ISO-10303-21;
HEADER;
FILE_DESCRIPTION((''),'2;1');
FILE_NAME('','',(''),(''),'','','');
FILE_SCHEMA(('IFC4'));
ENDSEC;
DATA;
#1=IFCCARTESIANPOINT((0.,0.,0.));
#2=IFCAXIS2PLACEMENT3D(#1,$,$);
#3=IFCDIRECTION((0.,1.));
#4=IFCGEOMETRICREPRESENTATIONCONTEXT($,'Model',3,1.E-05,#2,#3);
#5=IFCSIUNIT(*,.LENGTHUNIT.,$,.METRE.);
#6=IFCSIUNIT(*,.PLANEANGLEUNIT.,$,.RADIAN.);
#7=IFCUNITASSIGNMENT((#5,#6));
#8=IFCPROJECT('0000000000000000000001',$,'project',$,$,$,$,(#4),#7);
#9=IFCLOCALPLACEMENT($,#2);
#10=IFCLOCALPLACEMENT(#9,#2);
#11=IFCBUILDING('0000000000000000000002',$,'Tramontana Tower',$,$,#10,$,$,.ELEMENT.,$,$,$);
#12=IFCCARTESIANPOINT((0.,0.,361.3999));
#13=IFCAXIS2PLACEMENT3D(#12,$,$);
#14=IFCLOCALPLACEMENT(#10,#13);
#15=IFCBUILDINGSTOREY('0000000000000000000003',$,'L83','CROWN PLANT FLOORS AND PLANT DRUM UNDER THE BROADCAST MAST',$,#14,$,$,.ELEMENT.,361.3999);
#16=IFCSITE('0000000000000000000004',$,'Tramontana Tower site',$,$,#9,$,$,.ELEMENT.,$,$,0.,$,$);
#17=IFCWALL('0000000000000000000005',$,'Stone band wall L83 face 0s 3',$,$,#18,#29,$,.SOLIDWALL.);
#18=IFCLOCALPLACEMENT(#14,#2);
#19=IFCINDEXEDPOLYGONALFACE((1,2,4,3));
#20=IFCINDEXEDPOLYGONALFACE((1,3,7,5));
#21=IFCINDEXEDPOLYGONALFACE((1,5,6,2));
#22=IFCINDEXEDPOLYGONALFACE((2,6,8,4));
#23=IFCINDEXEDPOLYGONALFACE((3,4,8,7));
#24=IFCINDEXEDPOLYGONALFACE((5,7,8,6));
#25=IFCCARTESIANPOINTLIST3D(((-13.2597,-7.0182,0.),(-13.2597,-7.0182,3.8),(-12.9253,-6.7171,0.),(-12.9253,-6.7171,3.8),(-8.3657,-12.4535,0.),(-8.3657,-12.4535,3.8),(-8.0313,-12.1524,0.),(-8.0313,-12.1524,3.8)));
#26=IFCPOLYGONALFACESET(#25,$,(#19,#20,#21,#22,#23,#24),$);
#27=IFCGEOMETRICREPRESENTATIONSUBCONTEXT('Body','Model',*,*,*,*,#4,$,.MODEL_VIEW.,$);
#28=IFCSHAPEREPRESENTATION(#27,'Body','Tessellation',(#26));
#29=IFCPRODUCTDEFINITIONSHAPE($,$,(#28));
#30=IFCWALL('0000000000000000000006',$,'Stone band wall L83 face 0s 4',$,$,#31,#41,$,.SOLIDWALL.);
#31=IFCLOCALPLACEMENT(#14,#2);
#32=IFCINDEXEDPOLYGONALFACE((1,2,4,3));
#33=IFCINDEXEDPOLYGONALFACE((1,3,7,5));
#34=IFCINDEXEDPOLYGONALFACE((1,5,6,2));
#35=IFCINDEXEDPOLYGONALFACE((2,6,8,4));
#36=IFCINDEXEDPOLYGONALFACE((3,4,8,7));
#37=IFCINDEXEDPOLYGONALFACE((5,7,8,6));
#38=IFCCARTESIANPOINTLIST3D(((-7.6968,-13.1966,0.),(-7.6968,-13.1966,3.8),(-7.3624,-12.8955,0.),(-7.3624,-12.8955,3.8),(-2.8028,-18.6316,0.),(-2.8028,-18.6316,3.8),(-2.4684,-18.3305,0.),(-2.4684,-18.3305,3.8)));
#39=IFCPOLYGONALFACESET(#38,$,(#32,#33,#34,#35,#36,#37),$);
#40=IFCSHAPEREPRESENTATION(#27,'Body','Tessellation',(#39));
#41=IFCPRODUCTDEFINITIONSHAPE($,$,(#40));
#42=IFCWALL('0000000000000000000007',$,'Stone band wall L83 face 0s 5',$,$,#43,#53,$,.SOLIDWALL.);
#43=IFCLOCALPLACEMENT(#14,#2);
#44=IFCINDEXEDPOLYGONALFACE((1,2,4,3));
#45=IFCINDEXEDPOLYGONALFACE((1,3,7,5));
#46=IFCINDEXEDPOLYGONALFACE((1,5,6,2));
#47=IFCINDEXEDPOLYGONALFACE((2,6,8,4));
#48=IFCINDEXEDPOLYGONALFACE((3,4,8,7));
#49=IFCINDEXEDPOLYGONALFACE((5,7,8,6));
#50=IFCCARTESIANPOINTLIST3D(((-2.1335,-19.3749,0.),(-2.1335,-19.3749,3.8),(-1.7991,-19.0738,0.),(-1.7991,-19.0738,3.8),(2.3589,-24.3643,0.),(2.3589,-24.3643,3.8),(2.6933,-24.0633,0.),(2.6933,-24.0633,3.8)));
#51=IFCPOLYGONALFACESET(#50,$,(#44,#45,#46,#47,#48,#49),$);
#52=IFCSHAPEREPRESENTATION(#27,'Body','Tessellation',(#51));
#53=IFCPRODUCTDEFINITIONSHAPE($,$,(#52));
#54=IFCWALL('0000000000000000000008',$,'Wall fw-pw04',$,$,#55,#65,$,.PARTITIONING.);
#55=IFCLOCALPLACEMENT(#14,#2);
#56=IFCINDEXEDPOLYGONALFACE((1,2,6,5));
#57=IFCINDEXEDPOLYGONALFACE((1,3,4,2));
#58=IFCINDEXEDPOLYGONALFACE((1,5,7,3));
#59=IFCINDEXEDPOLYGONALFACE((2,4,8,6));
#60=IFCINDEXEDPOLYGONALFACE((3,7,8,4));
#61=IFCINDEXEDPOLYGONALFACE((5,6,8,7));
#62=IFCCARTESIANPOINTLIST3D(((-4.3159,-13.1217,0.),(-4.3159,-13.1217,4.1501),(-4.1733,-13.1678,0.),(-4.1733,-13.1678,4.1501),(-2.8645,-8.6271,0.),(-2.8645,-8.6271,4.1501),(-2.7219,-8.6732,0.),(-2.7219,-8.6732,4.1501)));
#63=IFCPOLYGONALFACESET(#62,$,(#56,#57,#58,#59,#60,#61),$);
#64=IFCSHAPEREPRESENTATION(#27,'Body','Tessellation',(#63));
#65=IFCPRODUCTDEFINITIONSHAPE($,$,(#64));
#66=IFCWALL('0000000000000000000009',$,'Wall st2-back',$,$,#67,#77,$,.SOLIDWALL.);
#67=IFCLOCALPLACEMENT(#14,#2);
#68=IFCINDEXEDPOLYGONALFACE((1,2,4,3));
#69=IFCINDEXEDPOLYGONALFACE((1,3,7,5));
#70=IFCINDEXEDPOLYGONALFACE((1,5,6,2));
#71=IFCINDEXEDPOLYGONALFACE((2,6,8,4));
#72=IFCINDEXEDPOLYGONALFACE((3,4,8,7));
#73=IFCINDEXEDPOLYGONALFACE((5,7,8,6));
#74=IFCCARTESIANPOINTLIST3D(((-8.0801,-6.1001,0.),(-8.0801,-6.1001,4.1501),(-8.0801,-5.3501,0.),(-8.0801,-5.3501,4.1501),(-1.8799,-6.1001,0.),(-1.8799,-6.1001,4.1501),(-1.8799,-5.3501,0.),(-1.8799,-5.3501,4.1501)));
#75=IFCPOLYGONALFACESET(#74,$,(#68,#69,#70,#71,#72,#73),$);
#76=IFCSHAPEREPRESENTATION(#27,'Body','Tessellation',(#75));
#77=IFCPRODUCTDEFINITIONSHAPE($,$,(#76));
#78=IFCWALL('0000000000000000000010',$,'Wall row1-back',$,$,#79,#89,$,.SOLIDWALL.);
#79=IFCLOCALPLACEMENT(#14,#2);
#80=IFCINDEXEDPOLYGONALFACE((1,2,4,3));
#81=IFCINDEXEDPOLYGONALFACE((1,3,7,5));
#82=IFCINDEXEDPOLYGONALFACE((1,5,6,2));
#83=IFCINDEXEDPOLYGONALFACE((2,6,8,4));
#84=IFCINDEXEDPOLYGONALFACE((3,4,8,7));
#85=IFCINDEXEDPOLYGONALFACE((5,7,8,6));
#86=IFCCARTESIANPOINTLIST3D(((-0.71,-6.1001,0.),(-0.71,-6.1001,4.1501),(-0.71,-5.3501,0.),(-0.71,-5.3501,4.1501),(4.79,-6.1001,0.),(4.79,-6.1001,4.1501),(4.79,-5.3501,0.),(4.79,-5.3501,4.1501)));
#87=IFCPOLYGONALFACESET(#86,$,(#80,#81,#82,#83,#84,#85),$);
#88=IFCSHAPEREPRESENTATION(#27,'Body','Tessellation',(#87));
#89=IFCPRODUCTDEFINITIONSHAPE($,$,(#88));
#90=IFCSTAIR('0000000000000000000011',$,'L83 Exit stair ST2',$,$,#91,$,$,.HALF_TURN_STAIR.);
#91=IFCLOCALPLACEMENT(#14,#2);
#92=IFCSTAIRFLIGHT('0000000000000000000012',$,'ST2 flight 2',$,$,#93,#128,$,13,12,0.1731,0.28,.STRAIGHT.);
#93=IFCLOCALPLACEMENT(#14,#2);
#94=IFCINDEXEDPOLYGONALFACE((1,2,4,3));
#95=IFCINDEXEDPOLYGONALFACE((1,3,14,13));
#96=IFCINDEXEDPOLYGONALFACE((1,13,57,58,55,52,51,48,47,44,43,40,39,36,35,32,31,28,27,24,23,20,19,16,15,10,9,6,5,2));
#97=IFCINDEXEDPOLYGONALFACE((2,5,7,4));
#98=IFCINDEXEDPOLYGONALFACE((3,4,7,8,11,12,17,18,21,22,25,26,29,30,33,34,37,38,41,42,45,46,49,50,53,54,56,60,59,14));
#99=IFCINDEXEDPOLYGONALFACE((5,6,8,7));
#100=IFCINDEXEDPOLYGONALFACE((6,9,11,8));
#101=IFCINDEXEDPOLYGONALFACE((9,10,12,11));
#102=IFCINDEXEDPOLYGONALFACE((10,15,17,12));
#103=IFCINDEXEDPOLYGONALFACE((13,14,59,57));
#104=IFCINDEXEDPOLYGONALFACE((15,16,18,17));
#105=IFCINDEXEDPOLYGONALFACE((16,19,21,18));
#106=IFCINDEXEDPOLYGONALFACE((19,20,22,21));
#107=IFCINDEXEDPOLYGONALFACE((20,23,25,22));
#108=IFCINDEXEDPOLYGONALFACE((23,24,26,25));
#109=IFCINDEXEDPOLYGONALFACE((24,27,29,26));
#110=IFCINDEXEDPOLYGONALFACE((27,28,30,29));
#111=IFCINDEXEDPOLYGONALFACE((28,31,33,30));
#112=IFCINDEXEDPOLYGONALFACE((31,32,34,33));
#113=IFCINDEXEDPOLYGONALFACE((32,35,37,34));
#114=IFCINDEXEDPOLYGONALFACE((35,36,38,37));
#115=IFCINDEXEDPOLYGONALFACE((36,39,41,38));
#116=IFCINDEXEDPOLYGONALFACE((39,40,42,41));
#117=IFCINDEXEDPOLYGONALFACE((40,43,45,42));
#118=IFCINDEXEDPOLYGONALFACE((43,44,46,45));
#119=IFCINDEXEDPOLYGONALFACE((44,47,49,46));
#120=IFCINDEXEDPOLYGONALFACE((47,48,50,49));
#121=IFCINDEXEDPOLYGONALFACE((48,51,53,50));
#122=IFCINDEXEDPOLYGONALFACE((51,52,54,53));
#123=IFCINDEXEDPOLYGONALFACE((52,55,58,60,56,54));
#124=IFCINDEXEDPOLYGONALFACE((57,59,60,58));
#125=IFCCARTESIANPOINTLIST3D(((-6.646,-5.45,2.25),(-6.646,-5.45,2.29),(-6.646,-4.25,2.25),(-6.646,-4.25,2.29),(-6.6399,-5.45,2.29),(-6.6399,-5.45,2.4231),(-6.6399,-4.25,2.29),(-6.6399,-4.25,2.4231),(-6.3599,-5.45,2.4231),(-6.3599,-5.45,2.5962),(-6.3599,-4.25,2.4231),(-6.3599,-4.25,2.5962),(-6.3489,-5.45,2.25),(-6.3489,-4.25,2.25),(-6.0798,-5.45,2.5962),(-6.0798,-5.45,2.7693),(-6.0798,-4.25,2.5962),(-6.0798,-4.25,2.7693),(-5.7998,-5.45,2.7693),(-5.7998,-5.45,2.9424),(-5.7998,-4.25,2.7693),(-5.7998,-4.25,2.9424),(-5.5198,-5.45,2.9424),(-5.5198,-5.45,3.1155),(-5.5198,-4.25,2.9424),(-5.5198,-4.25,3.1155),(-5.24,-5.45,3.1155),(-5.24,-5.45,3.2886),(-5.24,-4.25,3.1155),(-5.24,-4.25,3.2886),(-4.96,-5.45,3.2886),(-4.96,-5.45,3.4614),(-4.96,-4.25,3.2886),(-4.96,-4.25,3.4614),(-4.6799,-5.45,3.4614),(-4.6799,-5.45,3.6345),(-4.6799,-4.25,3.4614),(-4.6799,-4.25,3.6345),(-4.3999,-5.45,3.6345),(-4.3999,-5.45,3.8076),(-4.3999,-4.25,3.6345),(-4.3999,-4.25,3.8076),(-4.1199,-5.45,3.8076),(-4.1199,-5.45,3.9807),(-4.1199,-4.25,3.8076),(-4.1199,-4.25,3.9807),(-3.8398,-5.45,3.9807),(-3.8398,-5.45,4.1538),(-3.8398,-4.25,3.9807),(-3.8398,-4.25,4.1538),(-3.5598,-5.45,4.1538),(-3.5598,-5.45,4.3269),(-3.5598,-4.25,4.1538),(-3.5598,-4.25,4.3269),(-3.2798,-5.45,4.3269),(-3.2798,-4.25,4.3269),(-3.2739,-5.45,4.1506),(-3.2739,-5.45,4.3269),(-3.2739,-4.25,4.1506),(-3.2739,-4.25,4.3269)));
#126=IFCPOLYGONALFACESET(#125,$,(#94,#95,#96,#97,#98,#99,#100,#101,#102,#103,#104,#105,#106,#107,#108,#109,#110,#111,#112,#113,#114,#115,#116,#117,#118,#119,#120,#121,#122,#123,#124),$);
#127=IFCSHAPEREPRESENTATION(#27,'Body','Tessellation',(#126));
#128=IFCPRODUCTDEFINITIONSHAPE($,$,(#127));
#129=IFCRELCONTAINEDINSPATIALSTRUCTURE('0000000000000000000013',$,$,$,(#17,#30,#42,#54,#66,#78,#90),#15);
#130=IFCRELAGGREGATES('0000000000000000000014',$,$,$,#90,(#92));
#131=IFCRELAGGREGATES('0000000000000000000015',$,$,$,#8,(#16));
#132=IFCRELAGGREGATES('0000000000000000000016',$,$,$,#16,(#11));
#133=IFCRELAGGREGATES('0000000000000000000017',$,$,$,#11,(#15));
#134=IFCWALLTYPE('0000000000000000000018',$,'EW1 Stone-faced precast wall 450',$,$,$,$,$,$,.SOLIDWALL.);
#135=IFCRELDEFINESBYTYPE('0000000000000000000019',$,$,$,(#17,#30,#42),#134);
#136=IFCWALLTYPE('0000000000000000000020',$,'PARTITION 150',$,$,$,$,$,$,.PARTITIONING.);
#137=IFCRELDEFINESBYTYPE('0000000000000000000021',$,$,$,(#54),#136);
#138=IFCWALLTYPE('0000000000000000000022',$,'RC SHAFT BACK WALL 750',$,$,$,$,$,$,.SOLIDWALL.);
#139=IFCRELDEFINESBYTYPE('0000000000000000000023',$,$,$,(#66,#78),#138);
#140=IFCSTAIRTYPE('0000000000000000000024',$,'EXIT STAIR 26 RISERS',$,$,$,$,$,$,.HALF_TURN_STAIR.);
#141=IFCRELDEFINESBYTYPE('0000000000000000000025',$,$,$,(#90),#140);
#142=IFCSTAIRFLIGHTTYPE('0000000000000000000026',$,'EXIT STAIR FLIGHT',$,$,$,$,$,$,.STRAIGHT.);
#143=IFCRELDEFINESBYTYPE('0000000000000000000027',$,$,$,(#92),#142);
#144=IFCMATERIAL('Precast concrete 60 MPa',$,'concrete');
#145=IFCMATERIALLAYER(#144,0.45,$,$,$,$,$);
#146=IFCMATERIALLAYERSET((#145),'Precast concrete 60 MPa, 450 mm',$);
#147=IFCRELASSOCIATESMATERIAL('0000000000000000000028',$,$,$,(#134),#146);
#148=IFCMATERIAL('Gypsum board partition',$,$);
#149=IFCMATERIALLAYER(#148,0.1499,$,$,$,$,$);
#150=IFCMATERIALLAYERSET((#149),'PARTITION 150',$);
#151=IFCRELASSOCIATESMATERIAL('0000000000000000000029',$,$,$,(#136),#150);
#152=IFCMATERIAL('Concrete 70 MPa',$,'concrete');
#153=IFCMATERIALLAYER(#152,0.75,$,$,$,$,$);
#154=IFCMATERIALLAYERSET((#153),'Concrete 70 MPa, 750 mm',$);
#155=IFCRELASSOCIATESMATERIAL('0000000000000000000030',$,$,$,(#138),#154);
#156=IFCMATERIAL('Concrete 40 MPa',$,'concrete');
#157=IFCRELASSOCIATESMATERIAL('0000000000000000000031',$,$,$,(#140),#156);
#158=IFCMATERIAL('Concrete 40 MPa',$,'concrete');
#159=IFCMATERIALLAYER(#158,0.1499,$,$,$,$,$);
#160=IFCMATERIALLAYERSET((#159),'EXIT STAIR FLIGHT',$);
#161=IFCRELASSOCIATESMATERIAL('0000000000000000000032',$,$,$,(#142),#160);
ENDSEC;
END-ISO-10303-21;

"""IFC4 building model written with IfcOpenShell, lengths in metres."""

from ifc_helpers import new_model, si_unit, direction, frame, frame_2d, origin, place, context, subcontext, project, spatial, polyline, rectangle, outline, extrude, material, layer, layer_set, type_object, element, aggregate, save


model = new_model("IFC4")

# Units and contexts
model_context = context("Model", 3, precision=1e-05, world=origin(), true_north=direction((0.0, 1.0)))
body_context = subcontext(model_context, "Body", "Model", "MODEL_VIEW")
ifc_project = project(units=[si_unit("LENGTHUNIT", "METRE"), si_unit("PLANEANGLEUNIT", "RADIAN")], contexts=[model_context])

# Site, building, storey
site_placement = place(None, origin())
site = spatial("IfcSite", under=ifc_project, at=site_placement, Name="Tramontana Tower site", CompositionType="ELEMENT", RefElevation=0.0)
building_placement = place(site_placement, origin())
building = spatial("IfcBuilding", under=site, at=building_placement, Name="Tramontana Tower", CompositionType="ELEMENT")
storey_placement = place(building_placement, frame((0.0, 0.0, 361.3999)))
storey = spatial("IfcBuildingStorey", under=building, at=storey_placement, Name="L83", Description="CROWN PLANT FLOORS AND PLANT DRUM UNDER THE BROADCAST MAST", CompositionType="ELEMENT", Elevation=361.3999)

# Walls
ifc_material_1 = material(Name="Precast concrete 60 MPa", Category="concrete")
ifc_layer_1 = layer(ifc_material_1, 0.45)
ifc_layer_set_1 = layer_set([ifc_layer_1], Name="Precast concrete 60 MPa, 450 mm")
wall_type_1 = type_object("IfcWallType", Name="EW1 Stone-faced precast wall 450", PredefinedType="SOLIDWALL", material=ifc_layer_set_1)
wall_1_placement = place(storey_placement, frame((-13.0925, -6.8677, 0.0), z_axis=(0.0, 0.0, 1.0), x_axis=(0.669136, -0.74314, 0.0)))
element("IfcWall", 1, at=wall_1_placement, inside=storey, type_object=wall_type_1, Name="Stone band wall L83 face 0s 3", PredefinedType="SOLIDWALL", context=body_context, shape_type="SweptSolid", body=[
    extrude(rectangle(XDim=7.314, YDim=0.45, at=frame_2d((3.657, 0.0))), origin(), (0.0, 0.0, 1.0), 3.8),
])
wall_2_placement = place(storey_placement, frame((-7.5295, -13.0461, 0.0), z_axis=(0.0, 0.0, 1.0), x_axis=(0.669153, -0.743125, 0.0)))
element("IfcWall", 2, at=wall_2_placement, inside=storey, type_object=wall_type_1, Name="Stone band wall L83 face 0s 4", PredefinedType="SOLIDWALL", context=body_context, shape_type="SweptSolid", body=[
    extrude(rectangle(XDim=7.3137, YDim=0.45, at=frame_2d((3.6567, 0.0))), origin(), (0.0, 0.0, 1.0), 3.8),
])
wall_3_placement = place(storey_placement, frame((-1.9663, -19.2244, 0.0), z_axis=(0.0, 0.0, 1.0), x_axis=(0.669119, -0.743155, 0.0)))
element("IfcWall", 3, at=wall_3_placement, inside=storey, type_object=wall_type_1, Name="Stone band wall L83 face 0s 5", PredefinedType="SOLIDWALL", context=body_context, shape_type="SweptSolid", body=[
    extrude(rectangle(XDim=6.7139, YDim=0.45, at=frame_2d((3.3569, 0.0))), origin(), (0.0, 0.0, 1.0), 3.8),
])
ifc_material_2 = material(Name="Gypsum board partition")
ifc_layer_2 = layer(ifc_material_2, 0.1499)
ifc_layer_set_2 = layer_set([ifc_layer_2], Name="PARTITION 150")
wall_type_2 = type_object("IfcWallType", Name="PARTITION 150", PredefinedType="PARTITIONING", material=ifc_layer_set_2)
wall_4_placement = place(storey_placement, frame((-2.7932, -8.6501, 0.0), z_axis=(0.0, 0.0, 1.0), x_axis=(-0.307297, -0.951614, 0.0)))
element("IfcWall", 4, at=wall_4_placement, inside=storey, type_object=wall_type_2, Name="Wall fw-pw04", PredefinedType="PARTITIONING", context=body_context, shape_type="SweptSolid", body=[
    extrude(rectangle(XDim=4.7231, YDim=0.1499, at=frame_2d((2.3616, 0.0))), origin(), (0.0, 0.0, 1.0), 4.1501),
])
ifc_material_3 = material(Name="Concrete 70 MPa", Category="concrete")
ifc_layer_3 = layer(ifc_material_3, 0.75)
ifc_layer_set_3 = layer_set([ifc_layer_3], Name="Concrete 70 MPa, 750 mm")
wall_type_3 = type_object("IfcWallType", Name="RC SHAFT BACK WALL 750", PredefinedType="SOLIDWALL", material=ifc_layer_set_3)
wall_5_placement = place(storey_placement, frame((-8.0801, -5.7251, 0.0), z_axis=(0.0, 0.0, 1.0), x_axis=(1.0, 0.0, 0.0)))
element("IfcWall", 5, at=wall_5_placement, inside=storey, type_object=wall_type_3, Name="Wall st2-back", PredefinedType="SOLIDWALL", context=body_context, shape_type="SweptSolid", body=[
    extrude(rectangle(XDim=6.2002, YDim=0.75, at=frame_2d((3.1001, 0.0))), origin(), (0.0, 0.0, 1.0), 4.1501),
])
wall_6_placement = place(storey_placement, frame((-0.71, -5.7251, 0.0), z_axis=(0.0, 0.0, 1.0), x_axis=(1.0, 0.0, 0.0)))
element("IfcWall", 6, at=wall_6_placement, inside=storey, type_object=wall_type_3, Name="Wall row1-back", PredefinedType="SOLIDWALL", context=body_context, shape_type="SweptSolid", body=[
    extrude(rectangle(XDim=5.5, YDim=0.75, at=frame_2d((2.75, 0.0))), origin(), (0.0, 0.0, 1.0), 4.1501),
])

# Stair, stair flight
ifc_material_4 = material(Name="Concrete 40 MPa", Category="concrete")
stair_type = type_object("IfcStairType", Name="EXIT STAIR 26 RISERS", PredefinedType="HALF_TURN_STAIR", material=ifc_material_4)
stair_placement = place(storey_placement, origin())
stair = element("IfcStair", 7, at=stair_placement, inside=storey, type_object=stair_type, Name="L83 Exit stair ST2", PredefinedType="HALF_TURN_STAIR")
ifc_material_5 = material(Name="Concrete 40 MPa", Category="concrete")
ifc_layer_4 = layer(ifc_material_5, 0.1499)
ifc_layer_set_4 = layer_set([ifc_layer_4], Name="EXIT STAIR FLIGHT")
stair_flight_type = type_object("IfcStairFlightType", Name="EXIT STAIR FLIGHT", PredefinedType="STRAIGHT", material=ifc_layer_set_4)
stair_flight_placement = place(storey_placement, frame((-6.6399, -4.8501, 2.25), z_axis=(0.0, 0.0, 1.0), x_axis=(1.0, 0.0, 0.0)))
stair_flight = element("IfcStairFlight", 8, at=stair_flight_placement, type_object=stair_flight_type, Name="ST2 flight 2", NumberOfRisers=13, NumberOfTreads=12, PredefinedType="STRAIGHT", RiserHeight=0.1731, TreadLength=0.28, context=body_context, shape_type="SweptSolid", body=[
    extrude(outline(polyline([(-0.0061, 0.0), (-0.0061, 0.04), (0.0, 0.04), (0.0, 0.1731), (0.28, 0.1731), (0.28, 0.3462), (0.5601, 0.3462), (0.5601, 0.5193), (0.8401, 0.5193), (0.8401, 0.6924), (1.1201, 0.6924), (1.1201, 0.8655), (1.3999, 0.8655), (1.3999, 1.0386), (1.6799, 1.0386), (1.6799, 1.2114), (1.96, 1.2114), (1.96, 1.3845), (2.24, 1.3845), (2.24, 1.5576), (2.52, 1.5576), (2.52, 1.7307), (2.8, 1.7307), (2.8, 1.9038), (3.0801, 1.9038), (3.0801, 2.0769), (3.3601, 2.0769), (3.366, 2.0769), (3.366, 1.9006), (0.291, 0.0), (-0.0061, 0.0)])), frame((0.0, 0.6001, 0.0), z_axis=(0.0, -1.0, 0.0), x_axis=(1.0, 0.0, 0.0)), (0.0, 0.0, 1.0), 1.2),
])
aggregate(stair, [stair_flight])

save(model, "model.ifc")
